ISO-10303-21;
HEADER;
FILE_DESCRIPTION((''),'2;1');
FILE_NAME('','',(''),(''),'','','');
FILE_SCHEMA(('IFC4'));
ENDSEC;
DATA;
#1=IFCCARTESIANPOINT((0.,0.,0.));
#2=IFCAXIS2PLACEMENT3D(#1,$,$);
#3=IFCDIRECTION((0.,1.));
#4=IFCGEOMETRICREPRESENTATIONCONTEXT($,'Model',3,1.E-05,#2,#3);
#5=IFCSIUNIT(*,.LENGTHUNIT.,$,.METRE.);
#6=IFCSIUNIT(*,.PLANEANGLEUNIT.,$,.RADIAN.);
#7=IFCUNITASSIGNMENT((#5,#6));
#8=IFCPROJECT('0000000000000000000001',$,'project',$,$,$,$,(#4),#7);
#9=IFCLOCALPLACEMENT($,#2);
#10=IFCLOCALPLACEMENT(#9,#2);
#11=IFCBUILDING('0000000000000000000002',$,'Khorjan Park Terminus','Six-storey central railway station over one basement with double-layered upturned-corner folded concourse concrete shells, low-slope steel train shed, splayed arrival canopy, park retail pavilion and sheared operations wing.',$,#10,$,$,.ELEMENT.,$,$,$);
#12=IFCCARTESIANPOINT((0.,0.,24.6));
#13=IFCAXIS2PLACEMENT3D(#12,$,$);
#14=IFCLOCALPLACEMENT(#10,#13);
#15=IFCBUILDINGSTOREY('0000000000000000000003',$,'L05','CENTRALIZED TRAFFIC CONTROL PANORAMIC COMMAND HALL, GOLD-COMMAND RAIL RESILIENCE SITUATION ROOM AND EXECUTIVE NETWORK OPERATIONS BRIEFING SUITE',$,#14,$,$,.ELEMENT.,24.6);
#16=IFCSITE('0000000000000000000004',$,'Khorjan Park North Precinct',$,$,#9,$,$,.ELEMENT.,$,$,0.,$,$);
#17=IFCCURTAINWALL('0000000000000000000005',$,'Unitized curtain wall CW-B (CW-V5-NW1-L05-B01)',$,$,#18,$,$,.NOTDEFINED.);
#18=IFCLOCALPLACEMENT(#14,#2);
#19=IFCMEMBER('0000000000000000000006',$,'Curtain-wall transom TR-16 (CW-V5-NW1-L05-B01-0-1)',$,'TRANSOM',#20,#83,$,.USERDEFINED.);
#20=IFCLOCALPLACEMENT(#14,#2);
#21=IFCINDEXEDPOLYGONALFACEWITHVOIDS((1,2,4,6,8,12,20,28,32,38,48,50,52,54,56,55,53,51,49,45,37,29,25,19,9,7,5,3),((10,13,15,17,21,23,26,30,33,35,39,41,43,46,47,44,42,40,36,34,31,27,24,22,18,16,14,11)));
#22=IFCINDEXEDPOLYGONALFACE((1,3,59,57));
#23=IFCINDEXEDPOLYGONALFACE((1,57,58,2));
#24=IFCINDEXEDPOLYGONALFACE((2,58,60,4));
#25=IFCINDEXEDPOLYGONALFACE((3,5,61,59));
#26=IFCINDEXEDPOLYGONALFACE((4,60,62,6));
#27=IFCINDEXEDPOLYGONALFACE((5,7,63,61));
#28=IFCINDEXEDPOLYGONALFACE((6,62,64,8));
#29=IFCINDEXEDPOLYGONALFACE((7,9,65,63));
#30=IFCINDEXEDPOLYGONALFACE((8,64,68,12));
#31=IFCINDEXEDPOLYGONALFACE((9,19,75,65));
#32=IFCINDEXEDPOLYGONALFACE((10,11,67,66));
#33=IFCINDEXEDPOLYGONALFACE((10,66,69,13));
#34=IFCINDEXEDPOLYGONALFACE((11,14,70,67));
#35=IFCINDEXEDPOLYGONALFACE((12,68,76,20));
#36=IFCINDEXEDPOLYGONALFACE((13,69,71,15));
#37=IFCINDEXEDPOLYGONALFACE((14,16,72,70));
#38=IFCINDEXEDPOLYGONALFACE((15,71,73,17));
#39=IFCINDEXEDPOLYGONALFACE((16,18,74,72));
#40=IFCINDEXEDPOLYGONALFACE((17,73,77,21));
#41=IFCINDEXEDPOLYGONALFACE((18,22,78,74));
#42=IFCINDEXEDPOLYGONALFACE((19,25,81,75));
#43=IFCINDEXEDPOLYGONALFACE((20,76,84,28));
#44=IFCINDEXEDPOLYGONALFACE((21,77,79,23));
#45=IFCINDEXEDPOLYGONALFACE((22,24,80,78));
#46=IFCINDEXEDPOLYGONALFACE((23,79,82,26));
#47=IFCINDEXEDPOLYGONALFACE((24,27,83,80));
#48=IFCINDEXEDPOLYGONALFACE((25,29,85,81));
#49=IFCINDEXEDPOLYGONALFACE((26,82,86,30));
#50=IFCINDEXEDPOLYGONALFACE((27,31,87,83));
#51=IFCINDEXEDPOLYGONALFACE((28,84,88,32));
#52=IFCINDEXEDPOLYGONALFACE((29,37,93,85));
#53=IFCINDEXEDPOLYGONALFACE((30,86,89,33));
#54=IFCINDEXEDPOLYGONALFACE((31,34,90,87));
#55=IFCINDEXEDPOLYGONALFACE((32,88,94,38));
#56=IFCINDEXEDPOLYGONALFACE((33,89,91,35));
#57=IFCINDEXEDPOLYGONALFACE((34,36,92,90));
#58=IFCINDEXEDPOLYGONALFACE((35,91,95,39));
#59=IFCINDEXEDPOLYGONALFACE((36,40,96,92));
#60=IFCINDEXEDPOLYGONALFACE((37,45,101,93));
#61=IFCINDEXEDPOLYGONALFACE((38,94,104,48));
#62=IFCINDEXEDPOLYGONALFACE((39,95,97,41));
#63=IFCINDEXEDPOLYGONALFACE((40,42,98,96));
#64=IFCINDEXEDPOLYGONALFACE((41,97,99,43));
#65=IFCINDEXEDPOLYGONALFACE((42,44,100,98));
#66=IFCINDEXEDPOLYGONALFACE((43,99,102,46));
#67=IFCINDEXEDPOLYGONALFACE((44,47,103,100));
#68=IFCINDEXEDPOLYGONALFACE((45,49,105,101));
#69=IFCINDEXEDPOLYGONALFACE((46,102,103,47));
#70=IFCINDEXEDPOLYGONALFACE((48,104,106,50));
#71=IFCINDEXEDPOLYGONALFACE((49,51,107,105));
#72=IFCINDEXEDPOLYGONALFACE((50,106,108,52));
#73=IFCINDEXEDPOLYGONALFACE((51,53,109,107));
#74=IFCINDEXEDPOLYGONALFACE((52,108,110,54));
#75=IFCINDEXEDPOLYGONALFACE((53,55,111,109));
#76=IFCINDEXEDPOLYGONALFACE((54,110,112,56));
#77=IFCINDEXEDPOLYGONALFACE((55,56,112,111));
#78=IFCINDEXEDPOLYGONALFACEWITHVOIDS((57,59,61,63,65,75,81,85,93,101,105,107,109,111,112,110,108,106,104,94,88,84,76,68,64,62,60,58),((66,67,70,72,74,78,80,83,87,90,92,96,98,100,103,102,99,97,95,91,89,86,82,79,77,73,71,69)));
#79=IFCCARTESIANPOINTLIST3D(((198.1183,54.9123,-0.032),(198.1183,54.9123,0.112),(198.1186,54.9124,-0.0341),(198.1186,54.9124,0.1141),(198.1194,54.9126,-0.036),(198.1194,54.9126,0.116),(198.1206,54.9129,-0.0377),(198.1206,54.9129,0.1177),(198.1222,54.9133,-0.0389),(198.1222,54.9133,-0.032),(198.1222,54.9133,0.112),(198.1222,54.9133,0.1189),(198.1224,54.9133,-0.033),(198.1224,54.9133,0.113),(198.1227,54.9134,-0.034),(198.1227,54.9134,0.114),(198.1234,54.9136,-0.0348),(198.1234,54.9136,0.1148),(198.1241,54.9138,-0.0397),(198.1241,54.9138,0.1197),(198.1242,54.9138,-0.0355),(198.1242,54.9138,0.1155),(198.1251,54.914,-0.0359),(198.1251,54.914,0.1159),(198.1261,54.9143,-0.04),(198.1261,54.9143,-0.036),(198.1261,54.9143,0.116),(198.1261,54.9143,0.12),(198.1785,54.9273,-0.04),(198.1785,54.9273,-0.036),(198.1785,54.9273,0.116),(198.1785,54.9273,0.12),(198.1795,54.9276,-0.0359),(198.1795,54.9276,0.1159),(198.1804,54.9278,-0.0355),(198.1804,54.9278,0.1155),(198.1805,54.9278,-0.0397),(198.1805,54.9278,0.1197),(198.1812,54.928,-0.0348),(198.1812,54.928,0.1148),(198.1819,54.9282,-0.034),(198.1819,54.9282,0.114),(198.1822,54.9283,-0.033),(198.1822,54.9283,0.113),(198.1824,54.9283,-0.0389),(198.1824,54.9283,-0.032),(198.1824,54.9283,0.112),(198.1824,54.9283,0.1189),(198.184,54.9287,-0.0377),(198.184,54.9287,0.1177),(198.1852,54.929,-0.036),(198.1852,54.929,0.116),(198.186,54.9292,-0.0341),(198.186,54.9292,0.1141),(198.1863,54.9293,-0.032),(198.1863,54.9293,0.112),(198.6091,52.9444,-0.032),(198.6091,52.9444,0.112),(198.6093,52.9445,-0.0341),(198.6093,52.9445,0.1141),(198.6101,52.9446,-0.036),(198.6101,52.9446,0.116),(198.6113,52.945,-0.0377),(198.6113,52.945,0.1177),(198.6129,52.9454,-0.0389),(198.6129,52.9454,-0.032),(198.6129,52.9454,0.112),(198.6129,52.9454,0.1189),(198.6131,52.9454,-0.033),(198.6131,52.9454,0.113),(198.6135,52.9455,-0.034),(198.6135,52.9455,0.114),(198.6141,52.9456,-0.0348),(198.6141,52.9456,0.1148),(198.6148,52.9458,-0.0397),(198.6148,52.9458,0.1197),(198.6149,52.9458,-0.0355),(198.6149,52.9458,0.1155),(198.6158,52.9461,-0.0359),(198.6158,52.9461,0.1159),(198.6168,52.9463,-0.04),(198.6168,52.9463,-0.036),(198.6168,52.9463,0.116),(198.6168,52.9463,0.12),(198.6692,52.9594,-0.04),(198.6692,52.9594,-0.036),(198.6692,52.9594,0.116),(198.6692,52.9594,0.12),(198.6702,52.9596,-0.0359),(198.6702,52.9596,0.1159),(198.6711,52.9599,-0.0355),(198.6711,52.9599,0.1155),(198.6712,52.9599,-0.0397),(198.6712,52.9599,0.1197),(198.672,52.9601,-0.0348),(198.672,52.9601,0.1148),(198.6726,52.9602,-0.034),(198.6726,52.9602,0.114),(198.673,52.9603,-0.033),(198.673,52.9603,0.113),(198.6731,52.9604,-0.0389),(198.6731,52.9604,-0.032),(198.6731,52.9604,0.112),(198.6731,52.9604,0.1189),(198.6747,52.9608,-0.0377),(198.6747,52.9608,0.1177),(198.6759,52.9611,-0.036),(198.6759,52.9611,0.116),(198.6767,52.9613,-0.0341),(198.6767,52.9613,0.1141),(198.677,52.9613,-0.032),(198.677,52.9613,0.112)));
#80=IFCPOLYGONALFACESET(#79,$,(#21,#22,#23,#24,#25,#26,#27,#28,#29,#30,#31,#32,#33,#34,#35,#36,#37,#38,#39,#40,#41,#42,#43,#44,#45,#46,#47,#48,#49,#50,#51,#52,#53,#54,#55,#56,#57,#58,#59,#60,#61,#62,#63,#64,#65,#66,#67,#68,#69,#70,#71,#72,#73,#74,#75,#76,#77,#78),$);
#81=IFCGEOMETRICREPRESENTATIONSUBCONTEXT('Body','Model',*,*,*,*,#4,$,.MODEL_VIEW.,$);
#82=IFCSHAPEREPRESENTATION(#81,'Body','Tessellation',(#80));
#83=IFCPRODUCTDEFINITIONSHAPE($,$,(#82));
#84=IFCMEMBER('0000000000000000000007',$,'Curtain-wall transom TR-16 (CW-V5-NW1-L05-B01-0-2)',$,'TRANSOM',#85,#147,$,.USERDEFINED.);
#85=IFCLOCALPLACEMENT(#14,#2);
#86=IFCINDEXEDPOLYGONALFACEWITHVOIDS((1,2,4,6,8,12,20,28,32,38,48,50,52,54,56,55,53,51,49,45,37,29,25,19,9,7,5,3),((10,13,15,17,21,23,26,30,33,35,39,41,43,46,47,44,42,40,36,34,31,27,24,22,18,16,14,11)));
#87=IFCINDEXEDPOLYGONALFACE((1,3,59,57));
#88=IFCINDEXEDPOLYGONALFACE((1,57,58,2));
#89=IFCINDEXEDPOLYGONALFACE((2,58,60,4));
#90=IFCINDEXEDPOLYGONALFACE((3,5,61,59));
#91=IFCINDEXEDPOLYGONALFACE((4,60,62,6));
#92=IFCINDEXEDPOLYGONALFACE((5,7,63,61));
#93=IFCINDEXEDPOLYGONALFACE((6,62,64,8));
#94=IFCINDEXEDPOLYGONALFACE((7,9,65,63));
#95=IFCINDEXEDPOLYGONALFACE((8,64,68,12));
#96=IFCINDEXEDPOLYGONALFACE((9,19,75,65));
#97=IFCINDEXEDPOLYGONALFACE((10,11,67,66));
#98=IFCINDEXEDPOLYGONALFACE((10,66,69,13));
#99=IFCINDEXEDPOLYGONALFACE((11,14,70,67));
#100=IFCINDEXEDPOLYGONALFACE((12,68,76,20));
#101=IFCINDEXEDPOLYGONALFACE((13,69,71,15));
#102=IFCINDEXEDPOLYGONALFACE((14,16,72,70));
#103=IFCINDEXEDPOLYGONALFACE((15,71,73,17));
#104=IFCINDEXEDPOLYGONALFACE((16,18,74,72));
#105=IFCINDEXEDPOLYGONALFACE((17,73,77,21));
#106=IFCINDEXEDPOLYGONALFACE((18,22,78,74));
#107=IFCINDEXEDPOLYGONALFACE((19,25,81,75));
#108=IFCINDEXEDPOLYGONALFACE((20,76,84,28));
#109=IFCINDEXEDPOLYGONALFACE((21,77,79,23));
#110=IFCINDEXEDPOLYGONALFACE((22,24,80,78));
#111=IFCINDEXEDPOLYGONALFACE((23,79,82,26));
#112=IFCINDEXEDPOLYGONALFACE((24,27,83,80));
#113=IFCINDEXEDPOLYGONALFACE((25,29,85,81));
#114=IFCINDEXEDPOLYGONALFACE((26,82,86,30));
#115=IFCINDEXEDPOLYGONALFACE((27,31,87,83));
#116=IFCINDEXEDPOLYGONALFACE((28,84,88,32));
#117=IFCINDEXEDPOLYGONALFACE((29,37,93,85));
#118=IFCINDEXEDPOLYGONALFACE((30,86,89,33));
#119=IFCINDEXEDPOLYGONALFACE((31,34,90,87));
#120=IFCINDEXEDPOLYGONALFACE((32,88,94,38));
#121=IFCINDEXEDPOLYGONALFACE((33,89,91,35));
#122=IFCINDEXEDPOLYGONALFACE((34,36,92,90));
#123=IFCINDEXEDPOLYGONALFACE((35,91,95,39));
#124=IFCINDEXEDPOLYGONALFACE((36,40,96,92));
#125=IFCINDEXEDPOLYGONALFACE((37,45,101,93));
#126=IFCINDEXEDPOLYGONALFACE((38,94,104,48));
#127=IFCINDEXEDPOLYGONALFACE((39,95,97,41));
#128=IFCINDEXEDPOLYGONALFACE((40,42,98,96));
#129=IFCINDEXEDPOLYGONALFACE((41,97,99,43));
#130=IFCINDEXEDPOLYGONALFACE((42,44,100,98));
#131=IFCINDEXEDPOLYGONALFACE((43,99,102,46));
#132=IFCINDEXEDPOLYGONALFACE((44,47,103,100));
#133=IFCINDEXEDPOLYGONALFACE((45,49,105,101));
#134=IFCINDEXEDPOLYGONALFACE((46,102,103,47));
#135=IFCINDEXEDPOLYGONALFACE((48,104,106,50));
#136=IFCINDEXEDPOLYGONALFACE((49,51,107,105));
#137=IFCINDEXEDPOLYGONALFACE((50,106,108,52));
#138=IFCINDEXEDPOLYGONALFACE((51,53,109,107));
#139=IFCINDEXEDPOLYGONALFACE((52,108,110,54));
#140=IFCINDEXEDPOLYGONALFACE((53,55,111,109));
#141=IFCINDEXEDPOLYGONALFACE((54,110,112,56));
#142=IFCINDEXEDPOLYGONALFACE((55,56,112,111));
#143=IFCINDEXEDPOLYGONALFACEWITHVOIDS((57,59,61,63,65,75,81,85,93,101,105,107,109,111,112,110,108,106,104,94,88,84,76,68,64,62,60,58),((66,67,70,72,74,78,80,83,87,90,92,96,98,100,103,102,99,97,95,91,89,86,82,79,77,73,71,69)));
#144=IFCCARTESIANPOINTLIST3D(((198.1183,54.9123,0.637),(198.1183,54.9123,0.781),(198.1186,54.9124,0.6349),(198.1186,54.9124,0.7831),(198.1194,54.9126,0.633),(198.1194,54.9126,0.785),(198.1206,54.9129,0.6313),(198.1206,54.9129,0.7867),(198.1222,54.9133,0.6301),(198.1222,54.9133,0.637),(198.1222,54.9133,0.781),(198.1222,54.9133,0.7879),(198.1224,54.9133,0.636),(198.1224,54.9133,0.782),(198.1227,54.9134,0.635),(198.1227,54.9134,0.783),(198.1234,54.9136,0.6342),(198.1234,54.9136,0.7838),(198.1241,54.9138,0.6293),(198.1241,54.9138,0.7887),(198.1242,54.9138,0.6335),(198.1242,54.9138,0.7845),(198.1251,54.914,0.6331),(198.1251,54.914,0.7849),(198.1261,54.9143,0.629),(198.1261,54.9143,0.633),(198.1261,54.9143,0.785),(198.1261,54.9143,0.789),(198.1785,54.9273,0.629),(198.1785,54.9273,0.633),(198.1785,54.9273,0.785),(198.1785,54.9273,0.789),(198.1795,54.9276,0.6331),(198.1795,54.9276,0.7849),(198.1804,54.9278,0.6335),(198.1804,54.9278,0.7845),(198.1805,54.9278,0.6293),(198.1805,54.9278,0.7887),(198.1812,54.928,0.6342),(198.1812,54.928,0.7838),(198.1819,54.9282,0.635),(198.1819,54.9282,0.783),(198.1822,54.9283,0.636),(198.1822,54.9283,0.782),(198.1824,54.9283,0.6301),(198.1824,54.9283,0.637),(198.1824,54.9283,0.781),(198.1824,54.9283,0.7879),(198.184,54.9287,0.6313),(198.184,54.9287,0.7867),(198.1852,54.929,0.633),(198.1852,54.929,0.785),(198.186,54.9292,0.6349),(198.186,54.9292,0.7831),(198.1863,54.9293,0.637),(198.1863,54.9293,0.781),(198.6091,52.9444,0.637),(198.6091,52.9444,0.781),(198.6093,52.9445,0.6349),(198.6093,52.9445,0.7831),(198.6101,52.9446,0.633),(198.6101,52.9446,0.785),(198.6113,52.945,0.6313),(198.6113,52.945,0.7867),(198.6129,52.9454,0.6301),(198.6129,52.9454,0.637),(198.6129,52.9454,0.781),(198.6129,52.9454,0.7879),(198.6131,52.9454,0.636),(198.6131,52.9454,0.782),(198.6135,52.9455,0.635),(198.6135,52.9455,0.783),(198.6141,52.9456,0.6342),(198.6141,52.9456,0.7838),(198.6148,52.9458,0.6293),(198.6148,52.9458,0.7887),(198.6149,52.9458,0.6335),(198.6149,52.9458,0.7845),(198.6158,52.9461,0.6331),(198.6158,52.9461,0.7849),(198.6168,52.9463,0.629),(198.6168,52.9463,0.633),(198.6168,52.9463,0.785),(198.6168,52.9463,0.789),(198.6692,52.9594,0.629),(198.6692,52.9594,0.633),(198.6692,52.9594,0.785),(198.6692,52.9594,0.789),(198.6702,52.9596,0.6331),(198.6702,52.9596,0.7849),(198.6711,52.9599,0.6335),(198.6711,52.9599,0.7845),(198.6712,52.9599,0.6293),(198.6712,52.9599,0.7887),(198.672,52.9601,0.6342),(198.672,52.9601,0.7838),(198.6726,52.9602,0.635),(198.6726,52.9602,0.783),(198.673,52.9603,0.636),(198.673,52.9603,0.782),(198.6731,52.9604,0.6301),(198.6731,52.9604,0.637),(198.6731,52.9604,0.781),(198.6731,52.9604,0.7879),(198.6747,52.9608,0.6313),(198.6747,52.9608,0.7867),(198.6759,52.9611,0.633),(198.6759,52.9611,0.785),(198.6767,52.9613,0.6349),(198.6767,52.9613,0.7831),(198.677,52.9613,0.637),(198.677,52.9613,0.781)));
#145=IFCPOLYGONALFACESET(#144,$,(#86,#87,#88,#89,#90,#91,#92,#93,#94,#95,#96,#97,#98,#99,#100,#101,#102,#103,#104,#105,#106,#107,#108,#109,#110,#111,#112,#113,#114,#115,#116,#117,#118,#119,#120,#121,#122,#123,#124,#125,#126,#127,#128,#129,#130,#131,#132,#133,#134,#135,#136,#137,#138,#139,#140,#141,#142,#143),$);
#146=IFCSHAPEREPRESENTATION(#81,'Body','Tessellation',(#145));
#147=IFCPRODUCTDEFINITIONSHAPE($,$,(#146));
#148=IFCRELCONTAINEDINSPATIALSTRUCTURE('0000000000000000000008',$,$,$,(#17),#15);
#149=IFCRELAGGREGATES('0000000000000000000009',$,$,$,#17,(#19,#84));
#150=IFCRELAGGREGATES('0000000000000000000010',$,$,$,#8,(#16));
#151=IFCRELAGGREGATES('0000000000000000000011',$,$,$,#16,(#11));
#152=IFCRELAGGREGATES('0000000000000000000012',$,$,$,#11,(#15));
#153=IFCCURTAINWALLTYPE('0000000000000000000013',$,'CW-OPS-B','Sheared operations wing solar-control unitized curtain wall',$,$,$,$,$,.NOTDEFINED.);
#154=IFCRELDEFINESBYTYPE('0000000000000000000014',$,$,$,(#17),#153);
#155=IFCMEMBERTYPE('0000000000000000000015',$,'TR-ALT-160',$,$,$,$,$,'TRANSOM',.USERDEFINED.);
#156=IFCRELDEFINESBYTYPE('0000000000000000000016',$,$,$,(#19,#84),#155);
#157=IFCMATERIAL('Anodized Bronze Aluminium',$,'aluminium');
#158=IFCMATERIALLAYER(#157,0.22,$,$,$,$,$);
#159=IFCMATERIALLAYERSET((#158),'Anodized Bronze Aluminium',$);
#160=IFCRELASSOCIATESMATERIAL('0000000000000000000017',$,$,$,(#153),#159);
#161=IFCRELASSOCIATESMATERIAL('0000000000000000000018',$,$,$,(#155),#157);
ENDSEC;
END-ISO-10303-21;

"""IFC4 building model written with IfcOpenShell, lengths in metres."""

from ifc_helpers import new_model, si_unit, direction, frame, origin, origin_2d, place, context, subcontext, project, spatial, hollow_rectangle, extrude, material, layer, layer_set, material_profile, profile_set, type_object, element, aggregate, save


model = new_model("IFC4")

# Units and contexts
model_context = context("Model", 3, precision=1e-05, world=origin(), true_north=direction((0.0, 1.0)))
body_context = subcontext(model_context, "Body", "Model", "MODEL_VIEW")
ifc_project = project(units=[si_unit("LENGTHUNIT", "METRE"), si_unit("PLANEANGLEUNIT", "RADIAN")], contexts=[model_context])

# Site, building, storey
site_placement = place(None, origin())
site = spatial("IfcSite", under=ifc_project, at=site_placement, Name="Khorjan Park North Precinct", CompositionType="ELEMENT", RefElevation=0.0)
building_placement = place(site_placement, origin())
building = spatial("IfcBuilding", under=site, at=building_placement, Name="Khorjan Park Terminus", Description="Six-storey central railway station over one basement with double-layered upturned-corner folded concourse concrete shells, low-slope steel train shed, splayed arrival canopy, park retail pavilion and sheared operations wing.", CompositionType="ELEMENT")
storey_placement = place(building_placement, frame((0.0, 0.0, 24.6)))
storey = spatial("IfcBuildingStorey", under=building, at=storey_placement, Name="L05", Description="CENTRALIZED TRAFFIC CONTROL PANORAMIC COMMAND HALL, GOLD-COMMAND RAIL RESILIENCE SITUATION ROOM AND EXECUTIVE NETWORK OPERATIONS BRIEFING SUITE", CompositionType="ELEMENT", Elevation=24.6)

# Curtain wall, members
ifc_material_1 = material(Name="Anodized Bronze Aluminium", Category="aluminium")
ifc_layer_1 = layer(ifc_material_1, 0.22)
ifc_layer_set_1 = layer_set([ifc_layer_1], Name="Anodized Bronze Aluminium")
curtain_wall_type = type_object("IfcCurtainWallType", Name="CW-OPS-B", Description="Sheared operations wing solar-control unitized curtain wall", PredefinedType="NOTDEFINED", material=ifc_layer_set_1)
curtain_wall_placement = place(storey_placement, origin())
curtain_wall = element("IfcCurtainWall", 1, at=curtain_wall_placement, inside=storey, type_object=curtain_wall_type, Name="Unitized curtain wall CW-B (CW-V5-NW1-L05-B01)", PredefinedType="NOTDEFINED")
ifc_material_profile_1 = material_profile(ifc_material_1, hollow_rectangle(XDim=0.07, YDim=0.16, WallThickness=0.004, InnerFilletRadius=0.004, OuterFilletRadius=0.008, at=origin_2d()), Name="ALT 70x160x4")
ifc_profile_set_1 = profile_set([ifc_material_profile_1], Name="Anodized Bronze Aluminium")
member_type_1 = type_object("IfcMemberType", Name="TR-ALT-160", ElementType="TRANSOM", PredefinedType="USERDEFINED", material=ifc_profile_set_1)
member_1_placement = place(storey_placement, frame((198.1523, 54.9208, 0.04), z_axis=(0.241944, -0.97029, 0.0), x_axis=(0.97029, 0.241944, 0.0)))
member_1 = element("IfcMember", 2, at=member_1_placement, type_object=member_type_1, Name="Curtain-wall transom TR-16 (CW-V5-NW1-L05-B01-0-1)", ObjectType="TRANSOM", PredefinedType="USERDEFINED", context=body_context, shape_type="SweptSolid", body=[
    extrude(hollow_rectangle(XDim=0.07, YDim=0.16, WallThickness=0.004, InnerFilletRadius=0.004, OuterFilletRadius=0.008, at=origin_2d()), origin(), (0.0, 0.0, 1.0), 2.0282),
])
member_2_placement = place(storey_placement, frame((198.1523, 54.9208, 0.709), z_axis=(0.241944, -0.97029, 0.0), x_axis=(0.97029, 0.241944, 0.0)))
member_2 = element("IfcMember", 3, at=member_2_placement, type_object=member_type_1, Name="Curtain-wall transom TR-16 (CW-V5-NW1-L05-B01-0-2)", ObjectType="TRANSOM", PredefinedType="USERDEFINED", context=body_context, shape_type="SweptSolid", body=[
    extrude(hollow_rectangle(XDim=0.07, YDim=0.16, WallThickness=0.004, InnerFilletRadius=0.004, OuterFilletRadius=0.008, at=origin_2d()), origin(), (0.0, 0.0, 1.0), 2.0282),
])
aggregate(curtain_wall, [member_1, member_2])

save(model, "model.ifc")
